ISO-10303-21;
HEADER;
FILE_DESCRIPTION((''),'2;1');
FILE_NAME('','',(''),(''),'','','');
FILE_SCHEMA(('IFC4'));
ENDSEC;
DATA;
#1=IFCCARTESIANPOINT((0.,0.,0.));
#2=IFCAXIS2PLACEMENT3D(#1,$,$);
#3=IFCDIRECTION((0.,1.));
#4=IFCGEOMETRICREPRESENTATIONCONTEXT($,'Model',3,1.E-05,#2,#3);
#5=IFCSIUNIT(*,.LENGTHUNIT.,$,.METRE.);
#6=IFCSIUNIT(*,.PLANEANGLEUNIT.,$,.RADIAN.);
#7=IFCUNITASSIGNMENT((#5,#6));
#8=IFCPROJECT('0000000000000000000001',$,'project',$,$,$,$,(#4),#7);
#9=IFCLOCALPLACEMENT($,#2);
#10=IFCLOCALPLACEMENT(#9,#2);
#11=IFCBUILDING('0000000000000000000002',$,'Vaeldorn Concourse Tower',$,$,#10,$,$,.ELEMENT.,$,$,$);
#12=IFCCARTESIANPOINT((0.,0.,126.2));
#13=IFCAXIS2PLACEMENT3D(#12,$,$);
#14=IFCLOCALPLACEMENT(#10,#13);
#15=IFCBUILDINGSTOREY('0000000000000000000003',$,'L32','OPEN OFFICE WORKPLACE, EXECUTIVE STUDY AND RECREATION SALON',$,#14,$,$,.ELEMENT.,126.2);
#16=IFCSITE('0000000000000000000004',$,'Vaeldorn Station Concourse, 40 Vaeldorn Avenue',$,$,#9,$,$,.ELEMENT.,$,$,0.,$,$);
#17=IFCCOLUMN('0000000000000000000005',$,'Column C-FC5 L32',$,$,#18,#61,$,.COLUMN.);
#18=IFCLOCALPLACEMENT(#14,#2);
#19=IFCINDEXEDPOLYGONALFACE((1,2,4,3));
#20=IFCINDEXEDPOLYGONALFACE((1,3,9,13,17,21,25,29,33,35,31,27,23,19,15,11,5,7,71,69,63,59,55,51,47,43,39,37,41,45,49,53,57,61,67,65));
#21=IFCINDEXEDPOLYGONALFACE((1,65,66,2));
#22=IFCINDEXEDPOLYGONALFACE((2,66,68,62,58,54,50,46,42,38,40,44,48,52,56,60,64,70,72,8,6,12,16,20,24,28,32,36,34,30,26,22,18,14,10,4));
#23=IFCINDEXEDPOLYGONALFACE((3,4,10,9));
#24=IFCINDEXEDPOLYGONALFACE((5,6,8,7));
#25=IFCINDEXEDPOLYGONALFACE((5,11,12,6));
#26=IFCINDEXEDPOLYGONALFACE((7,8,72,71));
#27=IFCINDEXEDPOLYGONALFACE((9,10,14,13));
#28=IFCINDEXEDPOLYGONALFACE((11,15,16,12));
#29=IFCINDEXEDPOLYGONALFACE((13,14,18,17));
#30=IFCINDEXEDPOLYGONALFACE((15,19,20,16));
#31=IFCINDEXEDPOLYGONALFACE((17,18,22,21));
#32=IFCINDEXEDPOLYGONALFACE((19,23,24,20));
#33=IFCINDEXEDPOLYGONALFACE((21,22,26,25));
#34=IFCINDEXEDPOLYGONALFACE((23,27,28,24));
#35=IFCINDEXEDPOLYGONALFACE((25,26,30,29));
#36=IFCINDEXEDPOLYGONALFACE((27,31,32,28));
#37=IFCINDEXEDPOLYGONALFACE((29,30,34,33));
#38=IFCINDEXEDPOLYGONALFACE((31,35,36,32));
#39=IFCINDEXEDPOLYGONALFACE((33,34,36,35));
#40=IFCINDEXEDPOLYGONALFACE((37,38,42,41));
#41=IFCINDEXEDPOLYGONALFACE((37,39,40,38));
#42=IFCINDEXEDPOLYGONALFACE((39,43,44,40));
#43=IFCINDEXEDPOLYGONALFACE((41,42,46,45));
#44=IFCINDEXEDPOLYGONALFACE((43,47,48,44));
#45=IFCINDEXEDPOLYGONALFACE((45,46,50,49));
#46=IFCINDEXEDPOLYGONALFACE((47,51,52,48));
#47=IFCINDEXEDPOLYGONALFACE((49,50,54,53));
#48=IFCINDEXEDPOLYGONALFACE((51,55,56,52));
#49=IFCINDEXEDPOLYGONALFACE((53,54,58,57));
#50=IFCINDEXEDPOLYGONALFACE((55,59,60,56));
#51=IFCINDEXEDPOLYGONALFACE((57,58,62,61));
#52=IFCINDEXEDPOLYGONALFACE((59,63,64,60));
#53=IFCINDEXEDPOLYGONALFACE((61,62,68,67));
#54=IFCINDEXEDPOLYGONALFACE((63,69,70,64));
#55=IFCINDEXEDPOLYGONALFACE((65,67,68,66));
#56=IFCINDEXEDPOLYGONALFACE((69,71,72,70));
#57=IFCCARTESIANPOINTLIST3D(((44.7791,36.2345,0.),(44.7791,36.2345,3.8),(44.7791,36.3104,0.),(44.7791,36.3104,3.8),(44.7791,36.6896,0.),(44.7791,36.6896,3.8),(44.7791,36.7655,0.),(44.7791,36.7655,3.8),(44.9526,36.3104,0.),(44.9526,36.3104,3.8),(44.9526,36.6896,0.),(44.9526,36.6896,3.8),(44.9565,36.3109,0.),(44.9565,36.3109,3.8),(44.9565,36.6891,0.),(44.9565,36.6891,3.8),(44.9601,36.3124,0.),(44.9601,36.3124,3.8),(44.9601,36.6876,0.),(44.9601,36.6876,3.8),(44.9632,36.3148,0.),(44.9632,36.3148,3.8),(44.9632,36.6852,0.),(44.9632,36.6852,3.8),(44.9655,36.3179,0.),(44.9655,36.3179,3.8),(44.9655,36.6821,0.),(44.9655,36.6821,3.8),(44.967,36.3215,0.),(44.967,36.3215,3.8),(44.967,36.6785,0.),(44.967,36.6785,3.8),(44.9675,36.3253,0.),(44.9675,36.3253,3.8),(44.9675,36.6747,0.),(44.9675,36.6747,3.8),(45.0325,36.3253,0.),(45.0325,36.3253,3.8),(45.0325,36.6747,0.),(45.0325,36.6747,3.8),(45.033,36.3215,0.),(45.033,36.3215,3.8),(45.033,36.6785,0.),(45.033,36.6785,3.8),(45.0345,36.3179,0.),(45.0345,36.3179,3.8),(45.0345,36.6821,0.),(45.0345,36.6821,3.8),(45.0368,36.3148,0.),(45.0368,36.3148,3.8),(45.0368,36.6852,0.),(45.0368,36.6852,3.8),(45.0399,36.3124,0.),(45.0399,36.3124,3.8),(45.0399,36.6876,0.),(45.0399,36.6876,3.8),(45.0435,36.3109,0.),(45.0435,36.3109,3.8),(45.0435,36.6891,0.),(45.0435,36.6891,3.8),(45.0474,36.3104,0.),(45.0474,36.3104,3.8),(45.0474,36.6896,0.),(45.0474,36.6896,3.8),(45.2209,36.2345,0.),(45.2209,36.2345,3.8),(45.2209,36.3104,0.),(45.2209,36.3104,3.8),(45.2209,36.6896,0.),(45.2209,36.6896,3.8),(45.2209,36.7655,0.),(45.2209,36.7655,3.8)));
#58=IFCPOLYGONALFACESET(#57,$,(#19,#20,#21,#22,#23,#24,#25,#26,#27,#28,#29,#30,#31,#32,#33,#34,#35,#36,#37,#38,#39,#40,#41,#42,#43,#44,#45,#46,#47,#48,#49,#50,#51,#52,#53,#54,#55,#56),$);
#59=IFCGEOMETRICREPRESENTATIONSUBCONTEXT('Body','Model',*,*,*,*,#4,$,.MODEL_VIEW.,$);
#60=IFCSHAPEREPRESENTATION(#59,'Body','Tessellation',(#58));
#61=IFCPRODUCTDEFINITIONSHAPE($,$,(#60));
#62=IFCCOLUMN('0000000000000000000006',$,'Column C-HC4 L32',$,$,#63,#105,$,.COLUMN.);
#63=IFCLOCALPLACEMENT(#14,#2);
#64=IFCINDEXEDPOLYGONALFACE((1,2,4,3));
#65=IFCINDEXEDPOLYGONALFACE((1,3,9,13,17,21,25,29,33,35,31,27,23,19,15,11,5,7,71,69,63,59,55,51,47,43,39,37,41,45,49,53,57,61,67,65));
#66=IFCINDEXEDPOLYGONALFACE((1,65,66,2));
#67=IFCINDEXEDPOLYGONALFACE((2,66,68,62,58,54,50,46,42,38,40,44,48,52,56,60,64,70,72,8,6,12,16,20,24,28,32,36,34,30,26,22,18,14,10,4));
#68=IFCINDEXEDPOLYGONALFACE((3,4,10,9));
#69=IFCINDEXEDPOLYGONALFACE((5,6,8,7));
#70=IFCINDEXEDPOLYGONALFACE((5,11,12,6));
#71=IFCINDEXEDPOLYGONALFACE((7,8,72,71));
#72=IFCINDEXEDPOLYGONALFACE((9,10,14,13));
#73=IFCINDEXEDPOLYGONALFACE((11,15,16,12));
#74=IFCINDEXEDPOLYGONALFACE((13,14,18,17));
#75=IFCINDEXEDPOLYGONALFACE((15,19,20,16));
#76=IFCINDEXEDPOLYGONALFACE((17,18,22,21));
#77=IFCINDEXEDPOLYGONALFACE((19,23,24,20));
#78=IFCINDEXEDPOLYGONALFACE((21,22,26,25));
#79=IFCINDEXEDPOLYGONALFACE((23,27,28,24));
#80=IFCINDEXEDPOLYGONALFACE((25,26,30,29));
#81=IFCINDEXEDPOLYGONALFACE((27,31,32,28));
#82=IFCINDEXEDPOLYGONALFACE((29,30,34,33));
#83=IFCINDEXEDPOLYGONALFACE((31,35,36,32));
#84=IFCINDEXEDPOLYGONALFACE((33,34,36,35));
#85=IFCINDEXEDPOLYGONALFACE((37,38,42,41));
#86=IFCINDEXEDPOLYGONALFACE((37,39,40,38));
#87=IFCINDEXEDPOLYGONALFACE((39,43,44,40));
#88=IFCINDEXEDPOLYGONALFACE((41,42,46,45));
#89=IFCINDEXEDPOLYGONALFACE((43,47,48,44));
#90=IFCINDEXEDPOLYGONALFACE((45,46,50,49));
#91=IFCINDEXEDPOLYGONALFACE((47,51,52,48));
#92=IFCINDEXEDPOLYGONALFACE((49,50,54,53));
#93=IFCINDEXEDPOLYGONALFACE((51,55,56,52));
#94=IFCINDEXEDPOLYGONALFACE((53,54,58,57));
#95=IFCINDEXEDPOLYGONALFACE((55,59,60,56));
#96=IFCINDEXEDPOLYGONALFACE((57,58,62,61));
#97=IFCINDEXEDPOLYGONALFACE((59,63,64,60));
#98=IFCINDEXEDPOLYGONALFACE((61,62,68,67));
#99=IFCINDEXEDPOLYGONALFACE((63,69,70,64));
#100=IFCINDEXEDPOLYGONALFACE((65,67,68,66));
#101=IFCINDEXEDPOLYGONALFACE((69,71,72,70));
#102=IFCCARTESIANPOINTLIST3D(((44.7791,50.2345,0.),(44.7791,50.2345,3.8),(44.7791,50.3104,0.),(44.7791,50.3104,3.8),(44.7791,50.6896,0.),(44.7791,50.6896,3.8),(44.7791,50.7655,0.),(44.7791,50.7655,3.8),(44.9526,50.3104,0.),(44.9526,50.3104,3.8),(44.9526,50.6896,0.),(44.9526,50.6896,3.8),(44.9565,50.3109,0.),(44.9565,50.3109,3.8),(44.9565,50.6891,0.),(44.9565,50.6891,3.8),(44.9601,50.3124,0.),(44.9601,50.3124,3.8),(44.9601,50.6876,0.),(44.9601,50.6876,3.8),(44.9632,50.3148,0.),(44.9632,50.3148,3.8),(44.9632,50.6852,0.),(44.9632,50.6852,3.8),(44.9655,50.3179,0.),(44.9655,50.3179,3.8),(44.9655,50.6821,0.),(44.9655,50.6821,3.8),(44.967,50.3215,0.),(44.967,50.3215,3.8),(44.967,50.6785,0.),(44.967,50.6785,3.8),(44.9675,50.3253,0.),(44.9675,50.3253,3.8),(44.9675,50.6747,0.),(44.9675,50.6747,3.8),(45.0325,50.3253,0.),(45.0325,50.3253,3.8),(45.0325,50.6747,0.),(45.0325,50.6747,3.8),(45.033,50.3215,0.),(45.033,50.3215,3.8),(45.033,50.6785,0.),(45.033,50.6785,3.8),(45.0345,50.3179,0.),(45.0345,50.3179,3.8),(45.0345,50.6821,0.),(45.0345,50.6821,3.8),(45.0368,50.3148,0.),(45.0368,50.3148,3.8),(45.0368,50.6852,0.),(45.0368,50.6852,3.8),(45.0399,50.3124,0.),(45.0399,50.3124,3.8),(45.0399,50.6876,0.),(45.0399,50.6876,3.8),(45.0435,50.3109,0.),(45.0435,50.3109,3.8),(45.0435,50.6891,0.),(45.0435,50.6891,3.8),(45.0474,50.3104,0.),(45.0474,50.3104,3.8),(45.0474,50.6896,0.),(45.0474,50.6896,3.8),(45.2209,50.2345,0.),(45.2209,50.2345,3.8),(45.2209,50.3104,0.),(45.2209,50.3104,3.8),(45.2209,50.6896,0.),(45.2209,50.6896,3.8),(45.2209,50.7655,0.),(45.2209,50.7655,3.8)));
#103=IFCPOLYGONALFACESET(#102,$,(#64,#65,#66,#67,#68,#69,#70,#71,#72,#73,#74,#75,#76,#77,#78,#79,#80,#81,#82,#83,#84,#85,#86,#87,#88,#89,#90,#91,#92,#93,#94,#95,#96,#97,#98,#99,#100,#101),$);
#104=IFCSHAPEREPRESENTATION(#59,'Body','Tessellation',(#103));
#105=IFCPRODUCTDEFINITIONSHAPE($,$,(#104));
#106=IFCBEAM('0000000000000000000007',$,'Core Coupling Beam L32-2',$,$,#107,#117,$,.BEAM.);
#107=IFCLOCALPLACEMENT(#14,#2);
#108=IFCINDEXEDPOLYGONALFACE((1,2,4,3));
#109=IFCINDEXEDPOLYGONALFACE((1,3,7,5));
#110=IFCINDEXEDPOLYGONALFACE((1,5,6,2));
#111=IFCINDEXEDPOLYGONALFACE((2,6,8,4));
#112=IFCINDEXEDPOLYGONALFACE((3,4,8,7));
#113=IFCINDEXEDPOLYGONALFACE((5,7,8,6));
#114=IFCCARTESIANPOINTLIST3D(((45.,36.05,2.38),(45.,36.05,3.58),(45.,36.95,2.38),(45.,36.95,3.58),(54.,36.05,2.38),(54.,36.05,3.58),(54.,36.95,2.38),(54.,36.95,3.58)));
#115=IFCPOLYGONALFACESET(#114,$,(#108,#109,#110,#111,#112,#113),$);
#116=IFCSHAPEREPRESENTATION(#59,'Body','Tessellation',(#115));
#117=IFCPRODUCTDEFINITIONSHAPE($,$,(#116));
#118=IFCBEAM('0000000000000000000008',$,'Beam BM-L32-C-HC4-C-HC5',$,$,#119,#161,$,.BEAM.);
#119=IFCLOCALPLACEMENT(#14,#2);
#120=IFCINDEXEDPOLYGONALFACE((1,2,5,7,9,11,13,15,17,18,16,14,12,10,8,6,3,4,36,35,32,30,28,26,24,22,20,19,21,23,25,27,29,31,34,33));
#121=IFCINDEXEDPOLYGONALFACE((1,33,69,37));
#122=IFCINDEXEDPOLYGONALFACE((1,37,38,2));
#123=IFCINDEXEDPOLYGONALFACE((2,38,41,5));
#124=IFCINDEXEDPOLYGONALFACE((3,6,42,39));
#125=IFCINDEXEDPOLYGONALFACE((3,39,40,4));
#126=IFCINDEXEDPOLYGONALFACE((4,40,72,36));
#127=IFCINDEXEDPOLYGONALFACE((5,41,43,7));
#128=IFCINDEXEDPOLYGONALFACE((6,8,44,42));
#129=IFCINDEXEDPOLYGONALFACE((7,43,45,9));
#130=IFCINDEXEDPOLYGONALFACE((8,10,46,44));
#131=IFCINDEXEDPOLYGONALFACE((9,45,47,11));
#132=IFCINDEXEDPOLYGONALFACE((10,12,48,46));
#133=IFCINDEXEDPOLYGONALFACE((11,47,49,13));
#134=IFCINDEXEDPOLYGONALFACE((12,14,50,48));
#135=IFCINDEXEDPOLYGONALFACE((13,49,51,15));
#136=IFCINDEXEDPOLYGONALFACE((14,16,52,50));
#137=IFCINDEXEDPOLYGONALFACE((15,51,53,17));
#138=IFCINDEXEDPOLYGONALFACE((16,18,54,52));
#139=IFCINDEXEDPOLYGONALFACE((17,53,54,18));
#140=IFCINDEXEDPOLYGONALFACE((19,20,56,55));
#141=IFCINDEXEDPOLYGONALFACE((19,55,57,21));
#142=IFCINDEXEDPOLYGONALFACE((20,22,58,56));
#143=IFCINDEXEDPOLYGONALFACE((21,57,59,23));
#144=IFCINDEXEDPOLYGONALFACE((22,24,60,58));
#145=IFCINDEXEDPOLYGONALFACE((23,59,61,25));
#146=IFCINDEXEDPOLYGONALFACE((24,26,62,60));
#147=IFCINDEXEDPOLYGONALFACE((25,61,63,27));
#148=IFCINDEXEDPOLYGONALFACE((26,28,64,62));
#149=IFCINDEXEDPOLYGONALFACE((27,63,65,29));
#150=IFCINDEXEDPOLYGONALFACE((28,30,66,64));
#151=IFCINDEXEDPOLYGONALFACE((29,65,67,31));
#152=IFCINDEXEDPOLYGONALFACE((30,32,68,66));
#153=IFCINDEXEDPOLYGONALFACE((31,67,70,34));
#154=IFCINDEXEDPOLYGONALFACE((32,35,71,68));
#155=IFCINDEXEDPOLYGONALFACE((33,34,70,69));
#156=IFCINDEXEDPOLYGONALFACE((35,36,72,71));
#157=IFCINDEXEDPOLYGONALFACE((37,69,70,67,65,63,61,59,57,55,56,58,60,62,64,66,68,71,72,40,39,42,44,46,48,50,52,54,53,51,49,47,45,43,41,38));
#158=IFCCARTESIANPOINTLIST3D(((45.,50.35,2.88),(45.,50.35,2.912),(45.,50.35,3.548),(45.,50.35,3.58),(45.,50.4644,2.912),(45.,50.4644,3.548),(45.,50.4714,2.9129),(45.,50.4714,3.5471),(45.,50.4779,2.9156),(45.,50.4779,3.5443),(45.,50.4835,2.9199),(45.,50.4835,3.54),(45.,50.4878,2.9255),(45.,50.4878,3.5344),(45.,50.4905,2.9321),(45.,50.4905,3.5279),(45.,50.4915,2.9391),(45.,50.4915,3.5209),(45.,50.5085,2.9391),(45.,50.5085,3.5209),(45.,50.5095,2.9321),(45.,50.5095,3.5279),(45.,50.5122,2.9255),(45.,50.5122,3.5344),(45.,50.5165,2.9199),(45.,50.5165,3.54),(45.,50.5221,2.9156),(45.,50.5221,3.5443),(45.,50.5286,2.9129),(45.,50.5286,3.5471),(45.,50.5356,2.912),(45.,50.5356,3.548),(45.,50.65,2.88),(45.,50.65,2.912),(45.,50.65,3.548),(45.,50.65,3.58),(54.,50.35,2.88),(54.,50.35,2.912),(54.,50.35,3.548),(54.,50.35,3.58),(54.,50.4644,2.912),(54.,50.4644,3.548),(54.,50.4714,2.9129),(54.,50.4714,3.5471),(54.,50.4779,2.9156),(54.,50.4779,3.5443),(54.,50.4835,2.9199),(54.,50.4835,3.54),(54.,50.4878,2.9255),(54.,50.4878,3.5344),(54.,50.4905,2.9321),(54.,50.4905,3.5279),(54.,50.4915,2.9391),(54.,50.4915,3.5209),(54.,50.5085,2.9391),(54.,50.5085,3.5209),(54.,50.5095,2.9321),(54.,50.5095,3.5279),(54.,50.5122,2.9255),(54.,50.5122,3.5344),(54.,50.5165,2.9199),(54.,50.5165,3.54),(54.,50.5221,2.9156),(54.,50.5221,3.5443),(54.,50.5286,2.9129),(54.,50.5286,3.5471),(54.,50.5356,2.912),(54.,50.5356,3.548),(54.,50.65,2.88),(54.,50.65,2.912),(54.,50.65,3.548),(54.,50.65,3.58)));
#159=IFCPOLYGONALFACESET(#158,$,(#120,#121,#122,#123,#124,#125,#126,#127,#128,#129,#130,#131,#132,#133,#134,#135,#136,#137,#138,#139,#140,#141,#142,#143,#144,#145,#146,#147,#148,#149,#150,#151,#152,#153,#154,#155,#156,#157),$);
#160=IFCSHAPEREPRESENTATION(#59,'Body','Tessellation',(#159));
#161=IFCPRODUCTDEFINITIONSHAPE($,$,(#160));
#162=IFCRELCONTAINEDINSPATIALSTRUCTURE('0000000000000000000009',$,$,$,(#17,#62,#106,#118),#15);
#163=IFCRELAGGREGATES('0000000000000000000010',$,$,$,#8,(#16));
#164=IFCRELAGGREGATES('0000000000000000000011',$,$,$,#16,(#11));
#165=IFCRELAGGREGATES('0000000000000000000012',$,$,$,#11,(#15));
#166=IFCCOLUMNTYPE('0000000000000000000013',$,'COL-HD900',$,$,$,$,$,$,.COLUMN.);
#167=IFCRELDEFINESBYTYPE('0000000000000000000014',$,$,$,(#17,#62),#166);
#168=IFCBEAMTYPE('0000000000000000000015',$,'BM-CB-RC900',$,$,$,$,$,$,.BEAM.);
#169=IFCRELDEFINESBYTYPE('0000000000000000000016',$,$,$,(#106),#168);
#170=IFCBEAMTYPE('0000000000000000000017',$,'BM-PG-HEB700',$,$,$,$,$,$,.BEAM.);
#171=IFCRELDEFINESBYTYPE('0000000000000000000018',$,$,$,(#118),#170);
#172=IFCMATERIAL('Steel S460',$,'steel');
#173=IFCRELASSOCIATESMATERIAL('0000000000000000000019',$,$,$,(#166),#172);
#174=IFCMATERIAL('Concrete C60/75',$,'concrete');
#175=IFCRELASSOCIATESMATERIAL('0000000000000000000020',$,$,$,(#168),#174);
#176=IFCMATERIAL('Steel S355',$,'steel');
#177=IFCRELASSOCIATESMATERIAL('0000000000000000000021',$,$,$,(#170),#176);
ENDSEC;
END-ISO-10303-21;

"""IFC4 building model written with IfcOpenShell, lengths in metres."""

from ifc_helpers import new_model, si_unit, direction, frame, origin, origin_2d, place, context, subcontext, project, spatial, rectangle, i_section, extrude, source, transform, mapped, material, material_profile, profile_set, type_object, element, save


model = new_model("IFC4")

# Units and contexts
model_context = context("Model", 3, precision=1e-05, world=origin(), true_north=direction((0.0, 1.0)))
body_context = subcontext(model_context, "Body", "Model", "MODEL_VIEW")
ifc_project = project(units=[si_unit("LENGTHUNIT", "METRE"), si_unit("PLANEANGLEUNIT", "RADIAN")], contexts=[model_context])

# Site, building, storey
site_placement = place(None, origin())
site = spatial("IfcSite", under=ifc_project, at=site_placement, Name="Vaeldorn Station Concourse, 40 Vaeldorn Avenue", CompositionType="ELEMENT", RefElevation=0.0)
building_placement = place(site_placement, origin())
building = spatial("IfcBuilding", under=site, at=building_placement, Name="Vaeldorn Concourse Tower", CompositionType="ELEMENT")
storey_placement = place(building_placement, frame((0.0, 0.0, 126.2)))
storey = spatial("IfcBuildingStorey", under=building, at=storey_placement, Name="L32", Description="OPEN OFFICE WORKPLACE, EXECUTIVE STUDY AND RECREATION SALON", CompositionType="ELEMENT", Elevation=126.2)

# Columns
ifc_material_1 = material(Name="Steel S460", Category="steel")
ifc_material_profile_1 = material_profile(ifc_material_1, i_section(OverallWidth=0.4419, OverallDepth=0.531, WebThickness=0.0649, FlangeThickness=0.0759, FilletRadius=0.0149, at=origin_2d()), Name="HD 400x900")
ifc_profile_set_1 = profile_set([ifc_material_profile_1], Name="Steel S460")
column_type = type_object("IfcColumnType", Name="COL-HD900", PredefinedType="COLUMN", material=ifc_profile_set_1)
shared_shape_1 = source(origin(), body_context, "Body", "SweptSolid", [
    extrude(i_section(OverallWidth=0.4419, OverallDepth=0.531, WebThickness=0.0649, FlangeThickness=0.0759, FilletRadius=0.0149, at=origin_2d()), origin(), (0.0, 0.0, 1.0), 3.8),
])
for number, where, z_axis, x_axis, name in (
    (1, (45.0, 36.5, 0.0), (0.0, 0.0, 1.0), (1.0, 0.0, 0.0), "Column C-FC5 L32"),
    (2, (45.0, 50.5, 0.0), (0.0, 0.0, 1.0), (1.0, 0.0, 0.0), "Column C-HC4 L32"),
):
    element("IfcColumn", number, at=place(storey_placement, frame(where, z_axis=z_axis, x_axis=x_axis)), inside=storey, type_object=column_type, Name=name, PredefinedType="COLUMN", context=body_context, shape_type="MappedRepresentation", body=[
        mapped(shared_shape_1, transform((0.0, 0.0, 0.0), scale=1.0)),
    ])

# Beams
ifc_material_2 = material(Name="Concrete C60/75", Category="concrete")
ifc_material_profile_2 = material_profile(ifc_material_2, rectangle(XDim=0.8999, YDim=1.2, at=origin_2d()), Name="RC 900x1200")
ifc_profile_set_2 = profile_set([ifc_material_profile_2], Name="Concrete C60/75")
beam_type_1 = type_object("IfcBeamType", Name="BM-CB-RC900", PredefinedType="BEAM", material=ifc_profile_set_2)
shared_shape_2 = source(origin(), body_context, "Body", "SweptSolid", [
    extrude(rectangle(XDim=0.8999, YDim=1.2, at=origin_2d()), origin(), (0.0, 0.0, 1.0), 9.0),
])
beam_1_placement = place(storey_placement, frame((45.0, 36.5, 2.98), z_axis=(1.0, 0.0, 0.0), x_axis=(0.0, 1.0, 0.0)))
element("IfcBeam", 3, at=beam_1_placement, inside=storey, type_object=beam_type_1, Name="Core Coupling Beam L32-2", PredefinedType="BEAM", context=body_context, shape_type="MappedRepresentation", body=[
    mapped(shared_shape_2, transform((0.0, 0.0, 0.0), scale=1.0)),
])
ifc_material_3 = material(Name="Steel S355", Category="steel")
ifc_material_profile_3 = material_profile(ifc_material_3, i_section(OverallWidth=0.3, OverallDepth=0.7, WebThickness=0.0171, FlangeThickness=0.032, FilletRadius=0.0271, at=origin_2d()), Name="HEB 700")
ifc_profile_set_3 = profile_set([ifc_material_profile_3], Name="Steel S355")
beam_type_2 = type_object("IfcBeamType", Name="BM-PG-HEB700", PredefinedType="BEAM", material=ifc_profile_set_3)
shared_shape_3 = source(origin(), body_context, "Body", "SweptSolid", [
    extrude(i_section(OverallWidth=0.3, OverallDepth=0.7, WebThickness=0.0171, FlangeThickness=0.032, FilletRadius=0.0271, at=origin_2d()), origin(), (0.0, 0.0, 1.0), 9.0),
])
beam_2_placement = place(storey_placement, frame((45.0, 50.5, 3.23), z_axis=(1.0, 0.0, 0.0), x_axis=(0.0, 1.0, 0.0)))
element("IfcBeam", 4, at=beam_2_placement, inside=storey, type_object=beam_type_2, Name="Beam BM-L32-C-HC4-C-HC5", PredefinedType="BEAM", context=body_context, shape_type="MappedRepresentation", body=[
    mapped(shared_shape_3, transform((0.0, 0.0, 0.0), scale=1.0)),
])

save(model, "model.ifc")
